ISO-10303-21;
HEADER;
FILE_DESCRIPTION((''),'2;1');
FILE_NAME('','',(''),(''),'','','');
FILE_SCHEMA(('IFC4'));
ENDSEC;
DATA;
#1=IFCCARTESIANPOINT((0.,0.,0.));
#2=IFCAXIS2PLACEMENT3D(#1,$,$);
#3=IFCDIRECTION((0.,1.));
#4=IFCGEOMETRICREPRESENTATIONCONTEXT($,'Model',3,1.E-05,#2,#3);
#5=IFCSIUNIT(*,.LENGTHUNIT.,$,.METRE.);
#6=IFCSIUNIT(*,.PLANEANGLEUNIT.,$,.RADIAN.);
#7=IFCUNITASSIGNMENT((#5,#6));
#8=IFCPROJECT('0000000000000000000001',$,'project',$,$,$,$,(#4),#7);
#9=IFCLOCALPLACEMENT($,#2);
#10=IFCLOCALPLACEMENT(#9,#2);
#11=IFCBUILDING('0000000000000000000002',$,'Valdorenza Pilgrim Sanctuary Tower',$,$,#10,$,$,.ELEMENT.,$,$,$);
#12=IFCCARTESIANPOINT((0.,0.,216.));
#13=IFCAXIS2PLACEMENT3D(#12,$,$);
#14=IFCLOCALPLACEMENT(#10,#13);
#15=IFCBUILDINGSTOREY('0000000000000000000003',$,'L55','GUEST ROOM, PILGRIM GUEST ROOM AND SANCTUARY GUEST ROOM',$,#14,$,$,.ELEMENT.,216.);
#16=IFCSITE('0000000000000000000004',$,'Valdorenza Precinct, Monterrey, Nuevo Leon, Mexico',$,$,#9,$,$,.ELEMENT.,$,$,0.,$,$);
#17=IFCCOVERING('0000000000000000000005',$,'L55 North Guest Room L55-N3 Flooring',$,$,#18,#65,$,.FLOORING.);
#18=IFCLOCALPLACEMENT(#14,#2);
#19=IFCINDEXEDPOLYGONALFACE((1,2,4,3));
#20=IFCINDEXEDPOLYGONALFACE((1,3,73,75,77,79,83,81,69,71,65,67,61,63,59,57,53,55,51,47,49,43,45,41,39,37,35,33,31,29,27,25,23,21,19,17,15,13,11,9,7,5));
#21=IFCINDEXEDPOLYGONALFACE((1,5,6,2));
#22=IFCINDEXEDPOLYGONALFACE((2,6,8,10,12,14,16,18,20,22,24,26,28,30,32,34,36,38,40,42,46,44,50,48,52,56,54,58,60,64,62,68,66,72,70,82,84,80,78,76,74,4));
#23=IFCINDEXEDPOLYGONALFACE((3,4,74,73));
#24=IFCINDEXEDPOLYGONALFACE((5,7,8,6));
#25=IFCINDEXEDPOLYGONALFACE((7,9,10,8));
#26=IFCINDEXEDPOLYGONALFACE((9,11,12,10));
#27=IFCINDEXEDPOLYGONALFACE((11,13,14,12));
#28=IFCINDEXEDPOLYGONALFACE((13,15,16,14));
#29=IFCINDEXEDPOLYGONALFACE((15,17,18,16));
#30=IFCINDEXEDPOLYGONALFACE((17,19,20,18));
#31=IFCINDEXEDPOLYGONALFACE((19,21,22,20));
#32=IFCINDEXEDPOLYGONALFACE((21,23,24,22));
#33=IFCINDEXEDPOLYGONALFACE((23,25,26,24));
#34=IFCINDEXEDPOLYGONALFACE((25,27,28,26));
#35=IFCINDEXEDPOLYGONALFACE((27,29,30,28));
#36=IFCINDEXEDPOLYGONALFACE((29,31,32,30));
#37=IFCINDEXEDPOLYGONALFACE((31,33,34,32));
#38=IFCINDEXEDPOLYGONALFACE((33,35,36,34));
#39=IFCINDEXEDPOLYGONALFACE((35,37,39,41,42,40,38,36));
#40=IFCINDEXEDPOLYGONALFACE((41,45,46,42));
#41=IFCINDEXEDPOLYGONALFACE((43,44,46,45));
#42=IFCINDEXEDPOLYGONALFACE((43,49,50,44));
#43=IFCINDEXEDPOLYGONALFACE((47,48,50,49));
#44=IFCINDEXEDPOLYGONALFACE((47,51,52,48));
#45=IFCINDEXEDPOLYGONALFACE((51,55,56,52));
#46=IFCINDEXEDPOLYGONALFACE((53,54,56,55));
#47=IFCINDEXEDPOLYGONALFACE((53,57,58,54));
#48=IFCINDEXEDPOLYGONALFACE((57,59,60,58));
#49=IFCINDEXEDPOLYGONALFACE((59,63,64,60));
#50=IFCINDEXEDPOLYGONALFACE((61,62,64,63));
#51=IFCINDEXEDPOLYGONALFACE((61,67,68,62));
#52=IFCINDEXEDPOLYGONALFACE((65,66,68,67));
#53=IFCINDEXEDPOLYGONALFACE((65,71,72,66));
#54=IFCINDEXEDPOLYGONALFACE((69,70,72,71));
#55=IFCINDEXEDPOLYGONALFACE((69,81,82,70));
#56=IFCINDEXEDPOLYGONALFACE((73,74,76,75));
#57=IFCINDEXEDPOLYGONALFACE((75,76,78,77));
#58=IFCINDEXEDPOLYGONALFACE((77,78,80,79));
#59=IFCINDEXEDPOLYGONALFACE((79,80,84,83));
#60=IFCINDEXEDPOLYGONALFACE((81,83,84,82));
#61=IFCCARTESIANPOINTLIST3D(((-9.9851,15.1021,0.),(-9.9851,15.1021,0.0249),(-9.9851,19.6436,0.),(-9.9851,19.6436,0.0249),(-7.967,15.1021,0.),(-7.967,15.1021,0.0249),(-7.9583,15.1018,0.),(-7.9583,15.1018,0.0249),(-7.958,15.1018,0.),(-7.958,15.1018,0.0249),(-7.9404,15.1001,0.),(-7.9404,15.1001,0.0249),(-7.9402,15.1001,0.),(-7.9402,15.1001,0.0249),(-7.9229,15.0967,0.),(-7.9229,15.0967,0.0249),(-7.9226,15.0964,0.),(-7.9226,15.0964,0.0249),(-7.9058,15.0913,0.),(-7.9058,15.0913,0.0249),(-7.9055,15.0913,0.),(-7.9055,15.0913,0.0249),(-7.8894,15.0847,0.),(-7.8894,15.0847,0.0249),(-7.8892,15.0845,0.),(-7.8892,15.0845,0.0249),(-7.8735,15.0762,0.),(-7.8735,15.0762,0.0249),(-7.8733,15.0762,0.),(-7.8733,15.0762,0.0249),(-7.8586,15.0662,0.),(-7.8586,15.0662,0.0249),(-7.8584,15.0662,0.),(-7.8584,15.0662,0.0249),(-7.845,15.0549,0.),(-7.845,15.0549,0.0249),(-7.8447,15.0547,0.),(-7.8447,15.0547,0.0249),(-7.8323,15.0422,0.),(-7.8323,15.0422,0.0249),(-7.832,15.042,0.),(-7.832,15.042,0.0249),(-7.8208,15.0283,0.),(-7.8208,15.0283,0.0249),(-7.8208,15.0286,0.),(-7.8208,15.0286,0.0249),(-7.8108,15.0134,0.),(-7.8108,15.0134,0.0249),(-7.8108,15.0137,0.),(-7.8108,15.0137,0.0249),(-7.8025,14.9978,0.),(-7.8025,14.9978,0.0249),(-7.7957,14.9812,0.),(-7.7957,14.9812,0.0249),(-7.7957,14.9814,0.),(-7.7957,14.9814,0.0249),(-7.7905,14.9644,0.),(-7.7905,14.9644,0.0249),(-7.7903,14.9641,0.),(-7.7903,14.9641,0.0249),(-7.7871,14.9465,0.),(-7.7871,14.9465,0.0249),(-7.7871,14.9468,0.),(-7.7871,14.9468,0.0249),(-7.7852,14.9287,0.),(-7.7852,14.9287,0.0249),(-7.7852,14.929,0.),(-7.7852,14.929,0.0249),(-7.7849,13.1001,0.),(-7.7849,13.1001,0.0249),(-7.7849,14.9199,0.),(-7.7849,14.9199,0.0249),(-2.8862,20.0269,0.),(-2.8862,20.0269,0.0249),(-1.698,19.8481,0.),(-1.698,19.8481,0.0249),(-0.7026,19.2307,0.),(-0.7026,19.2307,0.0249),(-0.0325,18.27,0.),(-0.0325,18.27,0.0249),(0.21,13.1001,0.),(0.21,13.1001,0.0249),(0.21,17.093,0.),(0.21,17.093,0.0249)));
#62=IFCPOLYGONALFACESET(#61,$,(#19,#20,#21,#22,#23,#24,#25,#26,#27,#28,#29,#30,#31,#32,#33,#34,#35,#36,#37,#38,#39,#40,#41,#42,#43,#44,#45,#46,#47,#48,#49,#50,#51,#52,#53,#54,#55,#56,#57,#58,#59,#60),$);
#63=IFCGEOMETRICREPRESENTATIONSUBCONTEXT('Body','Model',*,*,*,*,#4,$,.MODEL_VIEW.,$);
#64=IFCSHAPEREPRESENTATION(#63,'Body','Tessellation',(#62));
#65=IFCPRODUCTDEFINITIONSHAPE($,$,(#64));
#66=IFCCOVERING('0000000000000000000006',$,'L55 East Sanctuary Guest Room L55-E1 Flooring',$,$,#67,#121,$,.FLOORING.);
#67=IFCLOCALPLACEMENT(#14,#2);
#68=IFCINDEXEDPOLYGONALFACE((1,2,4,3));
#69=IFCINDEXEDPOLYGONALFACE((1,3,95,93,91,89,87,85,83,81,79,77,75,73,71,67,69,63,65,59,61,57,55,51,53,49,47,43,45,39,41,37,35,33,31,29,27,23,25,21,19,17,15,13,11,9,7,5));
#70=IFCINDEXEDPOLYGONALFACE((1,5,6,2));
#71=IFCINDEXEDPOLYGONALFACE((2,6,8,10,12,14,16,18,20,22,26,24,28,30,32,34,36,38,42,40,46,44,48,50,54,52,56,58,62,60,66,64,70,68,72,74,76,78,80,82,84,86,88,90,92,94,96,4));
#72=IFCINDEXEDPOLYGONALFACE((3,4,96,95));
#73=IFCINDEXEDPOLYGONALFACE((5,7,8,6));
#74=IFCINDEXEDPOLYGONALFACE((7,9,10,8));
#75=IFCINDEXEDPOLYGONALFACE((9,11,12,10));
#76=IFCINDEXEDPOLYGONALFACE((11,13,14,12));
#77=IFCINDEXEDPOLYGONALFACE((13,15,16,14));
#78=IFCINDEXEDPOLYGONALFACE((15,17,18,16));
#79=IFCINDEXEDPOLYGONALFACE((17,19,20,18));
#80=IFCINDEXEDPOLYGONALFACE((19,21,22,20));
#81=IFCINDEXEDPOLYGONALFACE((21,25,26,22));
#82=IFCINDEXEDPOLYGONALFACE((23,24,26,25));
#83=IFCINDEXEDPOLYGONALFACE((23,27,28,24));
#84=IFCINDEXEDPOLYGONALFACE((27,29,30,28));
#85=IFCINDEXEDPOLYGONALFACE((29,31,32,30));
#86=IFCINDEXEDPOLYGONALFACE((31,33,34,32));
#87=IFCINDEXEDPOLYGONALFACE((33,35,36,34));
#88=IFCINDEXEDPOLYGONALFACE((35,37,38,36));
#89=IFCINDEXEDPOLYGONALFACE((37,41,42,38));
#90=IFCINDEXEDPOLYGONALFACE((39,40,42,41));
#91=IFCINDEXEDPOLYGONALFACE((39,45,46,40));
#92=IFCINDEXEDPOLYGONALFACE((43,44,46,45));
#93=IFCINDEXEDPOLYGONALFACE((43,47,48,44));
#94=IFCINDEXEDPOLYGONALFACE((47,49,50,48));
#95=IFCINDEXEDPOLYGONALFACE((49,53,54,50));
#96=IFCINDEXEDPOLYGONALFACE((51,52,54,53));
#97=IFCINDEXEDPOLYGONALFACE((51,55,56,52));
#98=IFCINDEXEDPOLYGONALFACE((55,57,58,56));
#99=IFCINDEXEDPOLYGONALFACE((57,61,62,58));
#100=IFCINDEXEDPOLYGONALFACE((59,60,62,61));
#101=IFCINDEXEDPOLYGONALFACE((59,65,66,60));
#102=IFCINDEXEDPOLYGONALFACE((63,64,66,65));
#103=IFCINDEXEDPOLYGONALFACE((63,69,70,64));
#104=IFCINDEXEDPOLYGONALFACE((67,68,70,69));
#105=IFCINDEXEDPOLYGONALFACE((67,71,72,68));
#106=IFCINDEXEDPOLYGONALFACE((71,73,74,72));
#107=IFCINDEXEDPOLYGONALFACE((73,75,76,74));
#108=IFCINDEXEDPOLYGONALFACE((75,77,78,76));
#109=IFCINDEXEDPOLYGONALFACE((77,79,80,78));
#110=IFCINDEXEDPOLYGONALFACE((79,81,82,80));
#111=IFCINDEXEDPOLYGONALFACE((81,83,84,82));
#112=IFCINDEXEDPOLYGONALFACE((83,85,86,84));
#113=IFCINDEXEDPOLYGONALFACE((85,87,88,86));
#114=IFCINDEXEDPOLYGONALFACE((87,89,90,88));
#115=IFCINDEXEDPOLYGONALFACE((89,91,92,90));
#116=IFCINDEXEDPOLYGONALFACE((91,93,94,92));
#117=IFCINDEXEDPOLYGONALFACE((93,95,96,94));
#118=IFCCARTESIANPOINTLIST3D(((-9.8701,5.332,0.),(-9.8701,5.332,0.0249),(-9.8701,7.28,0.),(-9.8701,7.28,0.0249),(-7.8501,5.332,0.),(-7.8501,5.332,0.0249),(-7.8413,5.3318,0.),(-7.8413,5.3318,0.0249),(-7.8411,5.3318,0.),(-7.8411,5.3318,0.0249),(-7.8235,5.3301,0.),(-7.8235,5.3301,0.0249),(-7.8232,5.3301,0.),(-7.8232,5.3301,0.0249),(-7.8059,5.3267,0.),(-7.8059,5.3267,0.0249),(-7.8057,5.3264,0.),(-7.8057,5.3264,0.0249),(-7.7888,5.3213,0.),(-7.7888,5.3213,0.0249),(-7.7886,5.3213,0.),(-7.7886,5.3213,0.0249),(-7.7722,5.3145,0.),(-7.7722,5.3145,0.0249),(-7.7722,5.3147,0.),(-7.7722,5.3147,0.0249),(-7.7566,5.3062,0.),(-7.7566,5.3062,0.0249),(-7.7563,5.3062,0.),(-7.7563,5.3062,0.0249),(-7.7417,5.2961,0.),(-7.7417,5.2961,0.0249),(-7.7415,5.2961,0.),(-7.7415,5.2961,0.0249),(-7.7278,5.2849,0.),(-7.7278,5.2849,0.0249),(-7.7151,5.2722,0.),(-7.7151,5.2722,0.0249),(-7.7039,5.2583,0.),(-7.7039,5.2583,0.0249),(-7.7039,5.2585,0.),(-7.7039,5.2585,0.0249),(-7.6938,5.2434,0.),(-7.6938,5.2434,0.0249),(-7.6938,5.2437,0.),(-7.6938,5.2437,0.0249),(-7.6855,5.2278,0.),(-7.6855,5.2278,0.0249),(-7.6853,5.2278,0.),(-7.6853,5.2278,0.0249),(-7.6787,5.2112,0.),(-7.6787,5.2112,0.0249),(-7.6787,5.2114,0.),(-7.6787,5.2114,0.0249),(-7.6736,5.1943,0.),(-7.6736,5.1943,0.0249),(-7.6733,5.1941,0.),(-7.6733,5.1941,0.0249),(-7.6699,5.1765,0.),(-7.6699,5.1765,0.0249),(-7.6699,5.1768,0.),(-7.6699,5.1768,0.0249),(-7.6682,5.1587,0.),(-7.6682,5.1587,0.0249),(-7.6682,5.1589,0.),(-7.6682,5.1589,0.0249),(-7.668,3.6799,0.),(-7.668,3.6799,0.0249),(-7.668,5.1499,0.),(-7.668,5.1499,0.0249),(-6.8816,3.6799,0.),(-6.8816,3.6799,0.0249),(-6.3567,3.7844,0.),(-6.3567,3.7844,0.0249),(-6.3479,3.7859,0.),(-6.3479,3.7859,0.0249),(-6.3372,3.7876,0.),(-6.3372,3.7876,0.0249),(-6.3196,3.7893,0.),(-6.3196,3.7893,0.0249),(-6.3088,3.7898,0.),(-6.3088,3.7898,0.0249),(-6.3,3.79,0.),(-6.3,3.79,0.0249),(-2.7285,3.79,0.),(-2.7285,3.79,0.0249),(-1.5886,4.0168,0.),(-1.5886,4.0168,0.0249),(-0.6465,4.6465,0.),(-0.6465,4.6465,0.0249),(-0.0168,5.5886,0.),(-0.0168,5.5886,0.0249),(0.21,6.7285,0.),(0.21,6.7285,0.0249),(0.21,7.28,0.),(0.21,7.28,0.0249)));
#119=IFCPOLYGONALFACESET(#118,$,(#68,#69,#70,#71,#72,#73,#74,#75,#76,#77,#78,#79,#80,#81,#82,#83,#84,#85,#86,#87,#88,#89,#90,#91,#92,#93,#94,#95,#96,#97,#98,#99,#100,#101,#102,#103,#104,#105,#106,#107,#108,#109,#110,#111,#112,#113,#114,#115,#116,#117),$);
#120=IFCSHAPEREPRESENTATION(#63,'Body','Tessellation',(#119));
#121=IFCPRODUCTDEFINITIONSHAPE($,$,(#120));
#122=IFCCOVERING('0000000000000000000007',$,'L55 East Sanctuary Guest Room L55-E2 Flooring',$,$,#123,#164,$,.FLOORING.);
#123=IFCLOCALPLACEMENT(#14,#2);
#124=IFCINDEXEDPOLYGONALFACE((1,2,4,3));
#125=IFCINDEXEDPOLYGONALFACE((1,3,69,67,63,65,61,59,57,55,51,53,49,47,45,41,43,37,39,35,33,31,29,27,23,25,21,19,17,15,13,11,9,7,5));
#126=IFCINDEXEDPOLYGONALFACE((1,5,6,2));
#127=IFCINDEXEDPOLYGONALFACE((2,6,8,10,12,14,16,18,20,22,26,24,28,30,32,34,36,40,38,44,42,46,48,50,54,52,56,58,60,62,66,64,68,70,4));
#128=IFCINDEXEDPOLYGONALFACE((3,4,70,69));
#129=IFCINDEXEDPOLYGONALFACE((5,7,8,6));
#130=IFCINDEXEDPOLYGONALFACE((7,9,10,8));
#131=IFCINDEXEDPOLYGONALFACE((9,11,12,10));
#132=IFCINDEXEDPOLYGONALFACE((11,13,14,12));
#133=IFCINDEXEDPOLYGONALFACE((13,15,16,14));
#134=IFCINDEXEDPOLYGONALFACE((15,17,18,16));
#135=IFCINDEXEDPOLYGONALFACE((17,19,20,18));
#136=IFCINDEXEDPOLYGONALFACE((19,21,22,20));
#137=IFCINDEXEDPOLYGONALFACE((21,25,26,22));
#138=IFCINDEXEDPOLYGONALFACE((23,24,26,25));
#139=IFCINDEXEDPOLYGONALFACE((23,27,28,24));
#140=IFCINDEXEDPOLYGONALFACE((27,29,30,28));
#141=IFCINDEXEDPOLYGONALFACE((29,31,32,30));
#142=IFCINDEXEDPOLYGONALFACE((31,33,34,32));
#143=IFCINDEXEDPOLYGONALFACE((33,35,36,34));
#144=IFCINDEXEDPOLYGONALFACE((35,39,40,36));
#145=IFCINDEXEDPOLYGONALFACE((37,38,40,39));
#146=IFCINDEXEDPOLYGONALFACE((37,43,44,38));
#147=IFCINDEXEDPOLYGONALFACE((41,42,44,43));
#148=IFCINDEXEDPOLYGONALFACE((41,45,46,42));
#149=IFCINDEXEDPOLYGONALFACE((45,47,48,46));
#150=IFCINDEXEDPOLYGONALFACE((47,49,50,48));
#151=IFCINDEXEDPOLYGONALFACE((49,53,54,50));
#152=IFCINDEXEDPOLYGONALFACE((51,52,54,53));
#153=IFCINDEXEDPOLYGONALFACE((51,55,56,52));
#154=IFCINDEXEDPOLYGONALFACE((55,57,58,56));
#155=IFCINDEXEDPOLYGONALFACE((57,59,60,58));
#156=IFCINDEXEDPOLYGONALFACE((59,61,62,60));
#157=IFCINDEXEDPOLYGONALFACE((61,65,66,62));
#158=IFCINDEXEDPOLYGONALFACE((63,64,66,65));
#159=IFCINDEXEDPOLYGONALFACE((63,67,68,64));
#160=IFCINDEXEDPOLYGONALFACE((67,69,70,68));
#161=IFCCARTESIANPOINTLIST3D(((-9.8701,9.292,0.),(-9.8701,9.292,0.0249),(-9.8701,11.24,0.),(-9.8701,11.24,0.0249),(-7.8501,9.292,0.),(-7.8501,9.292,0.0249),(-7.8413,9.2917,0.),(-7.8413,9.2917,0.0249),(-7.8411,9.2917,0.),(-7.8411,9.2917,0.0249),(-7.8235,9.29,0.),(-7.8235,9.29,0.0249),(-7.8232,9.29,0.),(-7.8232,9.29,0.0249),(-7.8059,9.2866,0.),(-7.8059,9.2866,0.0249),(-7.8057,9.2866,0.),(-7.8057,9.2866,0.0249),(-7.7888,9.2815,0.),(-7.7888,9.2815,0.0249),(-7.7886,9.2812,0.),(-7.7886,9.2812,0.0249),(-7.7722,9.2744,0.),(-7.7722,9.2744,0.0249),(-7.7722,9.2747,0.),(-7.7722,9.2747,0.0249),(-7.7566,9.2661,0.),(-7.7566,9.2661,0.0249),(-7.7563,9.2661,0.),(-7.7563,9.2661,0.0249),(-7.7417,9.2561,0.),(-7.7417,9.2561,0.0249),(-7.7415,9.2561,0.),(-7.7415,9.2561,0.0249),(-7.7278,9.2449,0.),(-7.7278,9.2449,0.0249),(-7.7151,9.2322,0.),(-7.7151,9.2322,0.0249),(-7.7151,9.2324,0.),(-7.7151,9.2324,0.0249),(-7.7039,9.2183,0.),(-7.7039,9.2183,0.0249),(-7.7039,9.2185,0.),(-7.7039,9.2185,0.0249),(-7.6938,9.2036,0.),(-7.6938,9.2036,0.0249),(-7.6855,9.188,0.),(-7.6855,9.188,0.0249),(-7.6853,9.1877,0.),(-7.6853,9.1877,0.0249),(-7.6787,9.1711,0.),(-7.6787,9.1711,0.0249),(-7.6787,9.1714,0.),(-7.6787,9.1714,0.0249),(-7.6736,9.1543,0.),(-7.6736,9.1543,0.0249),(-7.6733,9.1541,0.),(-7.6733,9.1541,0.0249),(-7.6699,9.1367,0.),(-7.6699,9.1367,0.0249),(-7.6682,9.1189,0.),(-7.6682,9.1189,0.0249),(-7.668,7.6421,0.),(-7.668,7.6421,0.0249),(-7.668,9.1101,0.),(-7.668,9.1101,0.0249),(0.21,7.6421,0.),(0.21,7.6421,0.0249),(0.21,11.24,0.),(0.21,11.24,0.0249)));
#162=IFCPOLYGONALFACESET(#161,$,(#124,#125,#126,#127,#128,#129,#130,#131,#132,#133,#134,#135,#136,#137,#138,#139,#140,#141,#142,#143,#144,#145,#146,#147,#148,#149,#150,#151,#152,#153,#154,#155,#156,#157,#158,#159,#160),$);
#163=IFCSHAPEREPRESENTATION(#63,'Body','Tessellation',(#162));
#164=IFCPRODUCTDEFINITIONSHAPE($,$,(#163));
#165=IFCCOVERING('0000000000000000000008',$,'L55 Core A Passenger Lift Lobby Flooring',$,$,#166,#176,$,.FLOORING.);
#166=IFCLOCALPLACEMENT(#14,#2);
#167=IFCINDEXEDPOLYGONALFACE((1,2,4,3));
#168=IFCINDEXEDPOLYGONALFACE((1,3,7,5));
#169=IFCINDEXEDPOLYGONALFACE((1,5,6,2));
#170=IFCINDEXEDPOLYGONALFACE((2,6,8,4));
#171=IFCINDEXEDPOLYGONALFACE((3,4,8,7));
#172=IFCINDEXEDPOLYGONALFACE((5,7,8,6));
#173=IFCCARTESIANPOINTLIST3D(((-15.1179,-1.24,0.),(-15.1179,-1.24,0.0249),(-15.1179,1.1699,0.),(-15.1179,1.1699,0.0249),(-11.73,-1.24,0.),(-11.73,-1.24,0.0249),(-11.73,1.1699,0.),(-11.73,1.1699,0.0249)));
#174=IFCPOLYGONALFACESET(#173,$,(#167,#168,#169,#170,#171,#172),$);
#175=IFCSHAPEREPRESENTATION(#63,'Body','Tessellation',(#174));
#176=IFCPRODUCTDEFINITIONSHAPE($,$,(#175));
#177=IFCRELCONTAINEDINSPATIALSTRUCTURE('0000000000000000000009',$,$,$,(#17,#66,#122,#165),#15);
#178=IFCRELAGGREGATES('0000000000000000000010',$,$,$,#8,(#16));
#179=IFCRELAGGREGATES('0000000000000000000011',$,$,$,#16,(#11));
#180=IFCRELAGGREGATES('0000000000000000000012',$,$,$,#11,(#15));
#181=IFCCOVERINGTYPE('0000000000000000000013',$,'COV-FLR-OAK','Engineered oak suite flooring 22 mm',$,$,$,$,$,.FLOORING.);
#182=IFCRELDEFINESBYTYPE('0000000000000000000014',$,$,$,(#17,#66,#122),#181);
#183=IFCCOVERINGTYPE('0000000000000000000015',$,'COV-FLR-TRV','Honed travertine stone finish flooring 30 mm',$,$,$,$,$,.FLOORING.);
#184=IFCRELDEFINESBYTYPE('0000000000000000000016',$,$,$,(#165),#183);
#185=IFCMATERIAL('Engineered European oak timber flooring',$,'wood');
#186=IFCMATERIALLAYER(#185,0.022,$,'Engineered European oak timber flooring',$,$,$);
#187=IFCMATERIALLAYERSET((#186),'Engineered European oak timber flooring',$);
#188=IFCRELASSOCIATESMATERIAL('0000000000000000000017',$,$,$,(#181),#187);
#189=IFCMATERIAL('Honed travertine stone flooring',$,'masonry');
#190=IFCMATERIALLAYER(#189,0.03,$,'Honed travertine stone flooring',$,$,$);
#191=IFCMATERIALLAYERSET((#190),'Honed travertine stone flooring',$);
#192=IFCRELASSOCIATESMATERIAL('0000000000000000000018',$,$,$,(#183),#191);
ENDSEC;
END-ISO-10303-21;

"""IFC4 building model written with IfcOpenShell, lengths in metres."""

from ifc_helpers import new_model, si_unit, direction, frame, origin, place, context, subcontext, project, spatial, polyline, outline, extrude, material, layer, layer_set, type_object, element, save


model = new_model("IFC4")

# Units and contexts
model_context = context("Model", 3, precision=1e-05, world=origin(), true_north=direction((0.0, 1.0)))
body_context = subcontext(model_context, "Body", "Model", "MODEL_VIEW")
ifc_project = project(units=[si_unit("LENGTHUNIT", "METRE"), si_unit("PLANEANGLEUNIT", "RADIAN")], contexts=[model_context])

# Site, building, storey
site_placement = place(None, origin())
site = spatial("IfcSite", under=ifc_project, at=site_placement, Name="Valdorenza Precinct, Monterrey, Nuevo Leon, Mexico", CompositionType="ELEMENT", RefElevation=0.0)
building_placement = place(site_placement, origin())
building = spatial("IfcBuilding", under=site, at=building_placement, Name="Valdorenza Pilgrim Sanctuary Tower", CompositionType="ELEMENT")
storey_placement = place(building_placement, frame((0.0, 0.0, 216.0)))
storey = spatial("IfcBuildingStorey", under=building, at=storey_placement, Name="L55", Description="GUEST ROOM, PILGRIM GUEST ROOM AND SANCTUARY GUEST ROOM", CompositionType="ELEMENT", Elevation=216.0)

# Coverings
ifc_material_1 = material(Name="Engineered European oak timber flooring", Category="wood")
ifc_layer_1 = layer(ifc_material_1, 0.022, Name="Engineered European oak timber flooring")
ifc_layer_set_1 = layer_set([ifc_layer_1], Name="Engineered European oak timber flooring")
covering_type_1 = type_object("IfcCoveringType", Name="COV-FLR-OAK", Description="Engineered oak suite flooring 22 mm", PredefinedType="FLOORING", material=ifc_layer_set_1)
covering_1_placement = place(storey_placement, origin())
element("IfcCovering", 1, at=covering_1_placement, inside=storey, type_object=covering_type_1, Name="L55 North Guest Room L55-N3 Flooring", PredefinedType="FLOORING", context=body_context, shape_type="SweptSolid", body=[
    extrude(outline(polyline([(-7.7849, 13.1001), (-7.7849, 14.9199), (-7.7852, 14.9287), (-7.7852, 14.929), (-7.7871, 14.9465), (-7.7871, 14.9468), (-7.7903, 14.9641), (-7.7905, 14.9644), (-7.7957, 14.9812), (-7.7957, 14.9814), (-7.8025, 14.9978), (-7.8025, 14.9978), (-7.8108, 15.0134), (-7.8108, 15.0137), (-7.8208, 15.0283), (-7.8208, 15.0286), (-7.832, 15.042), (-7.8323, 15.0422), (-7.8447, 15.0547), (-7.845, 15.0549), (-7.8584, 15.0662), (-7.8586, 15.0662), (-7.8733, 15.0762), (-7.8735, 15.0762), (-7.8892, 15.0845), (-7.8894, 15.0847), (-7.9055, 15.0913), (-7.9058, 15.0913), (-7.9226, 15.0964), (-7.9229, 15.0967), (-7.9402, 15.1001), (-7.9404, 15.1001), (-7.958, 15.1018), (-7.9583, 15.1018), (-7.967, 15.1021), (-9.9851, 15.1021), (-9.9851, 19.6436), (-2.8862, 20.0269), (-1.698, 19.8481), (-0.7026, 19.2307), (-0.0325, 18.27), (0.21, 17.093), (0.21, 13.1001), (-7.7849, 13.1001)])), origin(), (0.0, 0.0, 1.0), 0.0249),
])
covering_2_placement = place(storey_placement, origin())
element("IfcCovering", 2, at=covering_2_placement, inside=storey, type_object=covering_type_1, Name="L55 East Sanctuary Guest Room L55-E1 Flooring", PredefinedType="FLOORING", context=body_context, shape_type="SweptSolid", body=[
    extrude(outline(polyline([(0.21, 6.7285), (-0.0168, 5.5886), (-0.6465, 4.6465), (-1.5886, 4.0168), (-2.7285, 3.79), (-6.3, 3.79), (-6.3088, 3.7898), (-6.3196, 3.7893), (-6.3372, 3.7876), (-6.3479, 3.7859), (-6.3567, 3.7844), (-6.8816, 3.6799), (-7.668, 3.6799), (-7.668, 5.1499), (-7.6682, 5.1587), (-7.6682, 5.1589), (-7.6699, 5.1765), (-7.6699, 5.1768), (-7.6733, 5.1941), (-7.6736, 5.1943), (-7.6787, 5.2112), (-7.6787, 5.2114), (-7.6853, 5.2278), (-7.6855, 5.2278), (-7.6938, 5.2434), (-7.6938, 5.2437), (-7.7039, 5.2583), (-7.7039, 5.2585), (-7.7151, 5.2722), (-7.7151, 5.2722), (-7.7278, 5.2849), (-7.7278, 5.2849), (-7.7415, 5.2961), (-7.7417, 5.2961), (-7.7563, 5.3062), (-7.7566, 5.3062), (-7.7722, 5.3145), (-7.7722, 5.3147), (-7.7886, 5.3213), (-7.7888, 5.3213), (-7.8057, 5.3264), (-7.8059, 5.3267), (-7.8232, 5.3301), (-7.8235, 5.3301), (-7.8411, 5.3318), (-7.8413, 5.3318), (-7.8501, 5.332), (-9.8701, 5.332), (-9.8701, 7.28), (0.21, 7.28), (0.21, 6.7285)])), origin(), (0.0, 0.0, 1.0), 0.0249),
])
covering_3_placement = place(storey_placement, origin())
element("IfcCovering", 3, at=covering_3_placement, inside=storey, type_object=covering_type_1, Name="L55 East Sanctuary Guest Room L55-E2 Flooring", PredefinedType="FLOORING", context=body_context, shape_type="SweptSolid", body=[
    extrude(outline(polyline([(0.21, 7.6421), (-7.668, 7.6421), (-7.668, 9.1101), (-7.6682, 9.1189), (-7.6682, 9.1189), (-7.6699, 9.1367), (-7.6699, 9.1367), (-7.6733, 9.1541), (-7.6736, 9.1543), (-7.6787, 9.1711), (-7.6787, 9.1714), (-7.6853, 9.1877), (-7.6855, 9.188), (-7.6938, 9.2036), (-7.6938, 9.2036), (-7.7039, 9.2183), (-7.7039, 9.2185), (-7.7151, 9.2322), (-7.7151, 9.2324), (-7.7278, 9.2449), (-7.7278, 9.2449), (-7.7415, 9.2561), (-7.7417, 9.2561), (-7.7563, 9.2661), (-7.7566, 9.2661), (-7.7722, 9.2744), (-7.7722, 9.2747), (-7.7886, 9.2812), (-7.7888, 9.2815), (-7.8057, 9.2866), (-7.8059, 9.2866), (-7.8232, 9.29), (-7.8235, 9.29), (-7.8411, 9.2917), (-7.8413, 9.2917), (-7.8501, 9.292), (-9.8701, 9.292), (-9.8701, 11.24), (0.21, 11.24), (0.21, 7.6421)])), origin(), (0.0, 0.0, 1.0), 0.0249),
])
ifc_material_2 = material(Name="Honed travertine stone flooring", Category="masonry")
ifc_layer_2 = layer(ifc_material_2, 0.03, Name="Honed travertine stone flooring")
ifc_layer_set_2 = layer_set([ifc_layer_2], Name="Honed travertine stone flooring")
covering_type_2 = type_object("IfcCoveringType", Name="COV-FLR-TRV", Description="Honed travertine stone finish flooring 30 mm", PredefinedType="FLOORING", material=ifc_layer_set_2)
covering_4_placement = place(storey_placement, origin())
element("IfcCovering", 4, at=covering_4_placement, inside=storey, type_object=covering_type_2, Name="L55 Core A Passenger Lift Lobby Flooring", PredefinedType="FLOORING", context=body_context, shape_type="SweptSolid", body=[
    extrude(outline(polyline([(-15.1179, 1.1699), (-11.73, 1.1699), (-11.73, -1.24), (-15.1179, -1.24), (-15.1179, 1.1699)])), origin(), (0.0, 0.0, 1.0), 0.0249),
])

save(model, "model.ifc")
